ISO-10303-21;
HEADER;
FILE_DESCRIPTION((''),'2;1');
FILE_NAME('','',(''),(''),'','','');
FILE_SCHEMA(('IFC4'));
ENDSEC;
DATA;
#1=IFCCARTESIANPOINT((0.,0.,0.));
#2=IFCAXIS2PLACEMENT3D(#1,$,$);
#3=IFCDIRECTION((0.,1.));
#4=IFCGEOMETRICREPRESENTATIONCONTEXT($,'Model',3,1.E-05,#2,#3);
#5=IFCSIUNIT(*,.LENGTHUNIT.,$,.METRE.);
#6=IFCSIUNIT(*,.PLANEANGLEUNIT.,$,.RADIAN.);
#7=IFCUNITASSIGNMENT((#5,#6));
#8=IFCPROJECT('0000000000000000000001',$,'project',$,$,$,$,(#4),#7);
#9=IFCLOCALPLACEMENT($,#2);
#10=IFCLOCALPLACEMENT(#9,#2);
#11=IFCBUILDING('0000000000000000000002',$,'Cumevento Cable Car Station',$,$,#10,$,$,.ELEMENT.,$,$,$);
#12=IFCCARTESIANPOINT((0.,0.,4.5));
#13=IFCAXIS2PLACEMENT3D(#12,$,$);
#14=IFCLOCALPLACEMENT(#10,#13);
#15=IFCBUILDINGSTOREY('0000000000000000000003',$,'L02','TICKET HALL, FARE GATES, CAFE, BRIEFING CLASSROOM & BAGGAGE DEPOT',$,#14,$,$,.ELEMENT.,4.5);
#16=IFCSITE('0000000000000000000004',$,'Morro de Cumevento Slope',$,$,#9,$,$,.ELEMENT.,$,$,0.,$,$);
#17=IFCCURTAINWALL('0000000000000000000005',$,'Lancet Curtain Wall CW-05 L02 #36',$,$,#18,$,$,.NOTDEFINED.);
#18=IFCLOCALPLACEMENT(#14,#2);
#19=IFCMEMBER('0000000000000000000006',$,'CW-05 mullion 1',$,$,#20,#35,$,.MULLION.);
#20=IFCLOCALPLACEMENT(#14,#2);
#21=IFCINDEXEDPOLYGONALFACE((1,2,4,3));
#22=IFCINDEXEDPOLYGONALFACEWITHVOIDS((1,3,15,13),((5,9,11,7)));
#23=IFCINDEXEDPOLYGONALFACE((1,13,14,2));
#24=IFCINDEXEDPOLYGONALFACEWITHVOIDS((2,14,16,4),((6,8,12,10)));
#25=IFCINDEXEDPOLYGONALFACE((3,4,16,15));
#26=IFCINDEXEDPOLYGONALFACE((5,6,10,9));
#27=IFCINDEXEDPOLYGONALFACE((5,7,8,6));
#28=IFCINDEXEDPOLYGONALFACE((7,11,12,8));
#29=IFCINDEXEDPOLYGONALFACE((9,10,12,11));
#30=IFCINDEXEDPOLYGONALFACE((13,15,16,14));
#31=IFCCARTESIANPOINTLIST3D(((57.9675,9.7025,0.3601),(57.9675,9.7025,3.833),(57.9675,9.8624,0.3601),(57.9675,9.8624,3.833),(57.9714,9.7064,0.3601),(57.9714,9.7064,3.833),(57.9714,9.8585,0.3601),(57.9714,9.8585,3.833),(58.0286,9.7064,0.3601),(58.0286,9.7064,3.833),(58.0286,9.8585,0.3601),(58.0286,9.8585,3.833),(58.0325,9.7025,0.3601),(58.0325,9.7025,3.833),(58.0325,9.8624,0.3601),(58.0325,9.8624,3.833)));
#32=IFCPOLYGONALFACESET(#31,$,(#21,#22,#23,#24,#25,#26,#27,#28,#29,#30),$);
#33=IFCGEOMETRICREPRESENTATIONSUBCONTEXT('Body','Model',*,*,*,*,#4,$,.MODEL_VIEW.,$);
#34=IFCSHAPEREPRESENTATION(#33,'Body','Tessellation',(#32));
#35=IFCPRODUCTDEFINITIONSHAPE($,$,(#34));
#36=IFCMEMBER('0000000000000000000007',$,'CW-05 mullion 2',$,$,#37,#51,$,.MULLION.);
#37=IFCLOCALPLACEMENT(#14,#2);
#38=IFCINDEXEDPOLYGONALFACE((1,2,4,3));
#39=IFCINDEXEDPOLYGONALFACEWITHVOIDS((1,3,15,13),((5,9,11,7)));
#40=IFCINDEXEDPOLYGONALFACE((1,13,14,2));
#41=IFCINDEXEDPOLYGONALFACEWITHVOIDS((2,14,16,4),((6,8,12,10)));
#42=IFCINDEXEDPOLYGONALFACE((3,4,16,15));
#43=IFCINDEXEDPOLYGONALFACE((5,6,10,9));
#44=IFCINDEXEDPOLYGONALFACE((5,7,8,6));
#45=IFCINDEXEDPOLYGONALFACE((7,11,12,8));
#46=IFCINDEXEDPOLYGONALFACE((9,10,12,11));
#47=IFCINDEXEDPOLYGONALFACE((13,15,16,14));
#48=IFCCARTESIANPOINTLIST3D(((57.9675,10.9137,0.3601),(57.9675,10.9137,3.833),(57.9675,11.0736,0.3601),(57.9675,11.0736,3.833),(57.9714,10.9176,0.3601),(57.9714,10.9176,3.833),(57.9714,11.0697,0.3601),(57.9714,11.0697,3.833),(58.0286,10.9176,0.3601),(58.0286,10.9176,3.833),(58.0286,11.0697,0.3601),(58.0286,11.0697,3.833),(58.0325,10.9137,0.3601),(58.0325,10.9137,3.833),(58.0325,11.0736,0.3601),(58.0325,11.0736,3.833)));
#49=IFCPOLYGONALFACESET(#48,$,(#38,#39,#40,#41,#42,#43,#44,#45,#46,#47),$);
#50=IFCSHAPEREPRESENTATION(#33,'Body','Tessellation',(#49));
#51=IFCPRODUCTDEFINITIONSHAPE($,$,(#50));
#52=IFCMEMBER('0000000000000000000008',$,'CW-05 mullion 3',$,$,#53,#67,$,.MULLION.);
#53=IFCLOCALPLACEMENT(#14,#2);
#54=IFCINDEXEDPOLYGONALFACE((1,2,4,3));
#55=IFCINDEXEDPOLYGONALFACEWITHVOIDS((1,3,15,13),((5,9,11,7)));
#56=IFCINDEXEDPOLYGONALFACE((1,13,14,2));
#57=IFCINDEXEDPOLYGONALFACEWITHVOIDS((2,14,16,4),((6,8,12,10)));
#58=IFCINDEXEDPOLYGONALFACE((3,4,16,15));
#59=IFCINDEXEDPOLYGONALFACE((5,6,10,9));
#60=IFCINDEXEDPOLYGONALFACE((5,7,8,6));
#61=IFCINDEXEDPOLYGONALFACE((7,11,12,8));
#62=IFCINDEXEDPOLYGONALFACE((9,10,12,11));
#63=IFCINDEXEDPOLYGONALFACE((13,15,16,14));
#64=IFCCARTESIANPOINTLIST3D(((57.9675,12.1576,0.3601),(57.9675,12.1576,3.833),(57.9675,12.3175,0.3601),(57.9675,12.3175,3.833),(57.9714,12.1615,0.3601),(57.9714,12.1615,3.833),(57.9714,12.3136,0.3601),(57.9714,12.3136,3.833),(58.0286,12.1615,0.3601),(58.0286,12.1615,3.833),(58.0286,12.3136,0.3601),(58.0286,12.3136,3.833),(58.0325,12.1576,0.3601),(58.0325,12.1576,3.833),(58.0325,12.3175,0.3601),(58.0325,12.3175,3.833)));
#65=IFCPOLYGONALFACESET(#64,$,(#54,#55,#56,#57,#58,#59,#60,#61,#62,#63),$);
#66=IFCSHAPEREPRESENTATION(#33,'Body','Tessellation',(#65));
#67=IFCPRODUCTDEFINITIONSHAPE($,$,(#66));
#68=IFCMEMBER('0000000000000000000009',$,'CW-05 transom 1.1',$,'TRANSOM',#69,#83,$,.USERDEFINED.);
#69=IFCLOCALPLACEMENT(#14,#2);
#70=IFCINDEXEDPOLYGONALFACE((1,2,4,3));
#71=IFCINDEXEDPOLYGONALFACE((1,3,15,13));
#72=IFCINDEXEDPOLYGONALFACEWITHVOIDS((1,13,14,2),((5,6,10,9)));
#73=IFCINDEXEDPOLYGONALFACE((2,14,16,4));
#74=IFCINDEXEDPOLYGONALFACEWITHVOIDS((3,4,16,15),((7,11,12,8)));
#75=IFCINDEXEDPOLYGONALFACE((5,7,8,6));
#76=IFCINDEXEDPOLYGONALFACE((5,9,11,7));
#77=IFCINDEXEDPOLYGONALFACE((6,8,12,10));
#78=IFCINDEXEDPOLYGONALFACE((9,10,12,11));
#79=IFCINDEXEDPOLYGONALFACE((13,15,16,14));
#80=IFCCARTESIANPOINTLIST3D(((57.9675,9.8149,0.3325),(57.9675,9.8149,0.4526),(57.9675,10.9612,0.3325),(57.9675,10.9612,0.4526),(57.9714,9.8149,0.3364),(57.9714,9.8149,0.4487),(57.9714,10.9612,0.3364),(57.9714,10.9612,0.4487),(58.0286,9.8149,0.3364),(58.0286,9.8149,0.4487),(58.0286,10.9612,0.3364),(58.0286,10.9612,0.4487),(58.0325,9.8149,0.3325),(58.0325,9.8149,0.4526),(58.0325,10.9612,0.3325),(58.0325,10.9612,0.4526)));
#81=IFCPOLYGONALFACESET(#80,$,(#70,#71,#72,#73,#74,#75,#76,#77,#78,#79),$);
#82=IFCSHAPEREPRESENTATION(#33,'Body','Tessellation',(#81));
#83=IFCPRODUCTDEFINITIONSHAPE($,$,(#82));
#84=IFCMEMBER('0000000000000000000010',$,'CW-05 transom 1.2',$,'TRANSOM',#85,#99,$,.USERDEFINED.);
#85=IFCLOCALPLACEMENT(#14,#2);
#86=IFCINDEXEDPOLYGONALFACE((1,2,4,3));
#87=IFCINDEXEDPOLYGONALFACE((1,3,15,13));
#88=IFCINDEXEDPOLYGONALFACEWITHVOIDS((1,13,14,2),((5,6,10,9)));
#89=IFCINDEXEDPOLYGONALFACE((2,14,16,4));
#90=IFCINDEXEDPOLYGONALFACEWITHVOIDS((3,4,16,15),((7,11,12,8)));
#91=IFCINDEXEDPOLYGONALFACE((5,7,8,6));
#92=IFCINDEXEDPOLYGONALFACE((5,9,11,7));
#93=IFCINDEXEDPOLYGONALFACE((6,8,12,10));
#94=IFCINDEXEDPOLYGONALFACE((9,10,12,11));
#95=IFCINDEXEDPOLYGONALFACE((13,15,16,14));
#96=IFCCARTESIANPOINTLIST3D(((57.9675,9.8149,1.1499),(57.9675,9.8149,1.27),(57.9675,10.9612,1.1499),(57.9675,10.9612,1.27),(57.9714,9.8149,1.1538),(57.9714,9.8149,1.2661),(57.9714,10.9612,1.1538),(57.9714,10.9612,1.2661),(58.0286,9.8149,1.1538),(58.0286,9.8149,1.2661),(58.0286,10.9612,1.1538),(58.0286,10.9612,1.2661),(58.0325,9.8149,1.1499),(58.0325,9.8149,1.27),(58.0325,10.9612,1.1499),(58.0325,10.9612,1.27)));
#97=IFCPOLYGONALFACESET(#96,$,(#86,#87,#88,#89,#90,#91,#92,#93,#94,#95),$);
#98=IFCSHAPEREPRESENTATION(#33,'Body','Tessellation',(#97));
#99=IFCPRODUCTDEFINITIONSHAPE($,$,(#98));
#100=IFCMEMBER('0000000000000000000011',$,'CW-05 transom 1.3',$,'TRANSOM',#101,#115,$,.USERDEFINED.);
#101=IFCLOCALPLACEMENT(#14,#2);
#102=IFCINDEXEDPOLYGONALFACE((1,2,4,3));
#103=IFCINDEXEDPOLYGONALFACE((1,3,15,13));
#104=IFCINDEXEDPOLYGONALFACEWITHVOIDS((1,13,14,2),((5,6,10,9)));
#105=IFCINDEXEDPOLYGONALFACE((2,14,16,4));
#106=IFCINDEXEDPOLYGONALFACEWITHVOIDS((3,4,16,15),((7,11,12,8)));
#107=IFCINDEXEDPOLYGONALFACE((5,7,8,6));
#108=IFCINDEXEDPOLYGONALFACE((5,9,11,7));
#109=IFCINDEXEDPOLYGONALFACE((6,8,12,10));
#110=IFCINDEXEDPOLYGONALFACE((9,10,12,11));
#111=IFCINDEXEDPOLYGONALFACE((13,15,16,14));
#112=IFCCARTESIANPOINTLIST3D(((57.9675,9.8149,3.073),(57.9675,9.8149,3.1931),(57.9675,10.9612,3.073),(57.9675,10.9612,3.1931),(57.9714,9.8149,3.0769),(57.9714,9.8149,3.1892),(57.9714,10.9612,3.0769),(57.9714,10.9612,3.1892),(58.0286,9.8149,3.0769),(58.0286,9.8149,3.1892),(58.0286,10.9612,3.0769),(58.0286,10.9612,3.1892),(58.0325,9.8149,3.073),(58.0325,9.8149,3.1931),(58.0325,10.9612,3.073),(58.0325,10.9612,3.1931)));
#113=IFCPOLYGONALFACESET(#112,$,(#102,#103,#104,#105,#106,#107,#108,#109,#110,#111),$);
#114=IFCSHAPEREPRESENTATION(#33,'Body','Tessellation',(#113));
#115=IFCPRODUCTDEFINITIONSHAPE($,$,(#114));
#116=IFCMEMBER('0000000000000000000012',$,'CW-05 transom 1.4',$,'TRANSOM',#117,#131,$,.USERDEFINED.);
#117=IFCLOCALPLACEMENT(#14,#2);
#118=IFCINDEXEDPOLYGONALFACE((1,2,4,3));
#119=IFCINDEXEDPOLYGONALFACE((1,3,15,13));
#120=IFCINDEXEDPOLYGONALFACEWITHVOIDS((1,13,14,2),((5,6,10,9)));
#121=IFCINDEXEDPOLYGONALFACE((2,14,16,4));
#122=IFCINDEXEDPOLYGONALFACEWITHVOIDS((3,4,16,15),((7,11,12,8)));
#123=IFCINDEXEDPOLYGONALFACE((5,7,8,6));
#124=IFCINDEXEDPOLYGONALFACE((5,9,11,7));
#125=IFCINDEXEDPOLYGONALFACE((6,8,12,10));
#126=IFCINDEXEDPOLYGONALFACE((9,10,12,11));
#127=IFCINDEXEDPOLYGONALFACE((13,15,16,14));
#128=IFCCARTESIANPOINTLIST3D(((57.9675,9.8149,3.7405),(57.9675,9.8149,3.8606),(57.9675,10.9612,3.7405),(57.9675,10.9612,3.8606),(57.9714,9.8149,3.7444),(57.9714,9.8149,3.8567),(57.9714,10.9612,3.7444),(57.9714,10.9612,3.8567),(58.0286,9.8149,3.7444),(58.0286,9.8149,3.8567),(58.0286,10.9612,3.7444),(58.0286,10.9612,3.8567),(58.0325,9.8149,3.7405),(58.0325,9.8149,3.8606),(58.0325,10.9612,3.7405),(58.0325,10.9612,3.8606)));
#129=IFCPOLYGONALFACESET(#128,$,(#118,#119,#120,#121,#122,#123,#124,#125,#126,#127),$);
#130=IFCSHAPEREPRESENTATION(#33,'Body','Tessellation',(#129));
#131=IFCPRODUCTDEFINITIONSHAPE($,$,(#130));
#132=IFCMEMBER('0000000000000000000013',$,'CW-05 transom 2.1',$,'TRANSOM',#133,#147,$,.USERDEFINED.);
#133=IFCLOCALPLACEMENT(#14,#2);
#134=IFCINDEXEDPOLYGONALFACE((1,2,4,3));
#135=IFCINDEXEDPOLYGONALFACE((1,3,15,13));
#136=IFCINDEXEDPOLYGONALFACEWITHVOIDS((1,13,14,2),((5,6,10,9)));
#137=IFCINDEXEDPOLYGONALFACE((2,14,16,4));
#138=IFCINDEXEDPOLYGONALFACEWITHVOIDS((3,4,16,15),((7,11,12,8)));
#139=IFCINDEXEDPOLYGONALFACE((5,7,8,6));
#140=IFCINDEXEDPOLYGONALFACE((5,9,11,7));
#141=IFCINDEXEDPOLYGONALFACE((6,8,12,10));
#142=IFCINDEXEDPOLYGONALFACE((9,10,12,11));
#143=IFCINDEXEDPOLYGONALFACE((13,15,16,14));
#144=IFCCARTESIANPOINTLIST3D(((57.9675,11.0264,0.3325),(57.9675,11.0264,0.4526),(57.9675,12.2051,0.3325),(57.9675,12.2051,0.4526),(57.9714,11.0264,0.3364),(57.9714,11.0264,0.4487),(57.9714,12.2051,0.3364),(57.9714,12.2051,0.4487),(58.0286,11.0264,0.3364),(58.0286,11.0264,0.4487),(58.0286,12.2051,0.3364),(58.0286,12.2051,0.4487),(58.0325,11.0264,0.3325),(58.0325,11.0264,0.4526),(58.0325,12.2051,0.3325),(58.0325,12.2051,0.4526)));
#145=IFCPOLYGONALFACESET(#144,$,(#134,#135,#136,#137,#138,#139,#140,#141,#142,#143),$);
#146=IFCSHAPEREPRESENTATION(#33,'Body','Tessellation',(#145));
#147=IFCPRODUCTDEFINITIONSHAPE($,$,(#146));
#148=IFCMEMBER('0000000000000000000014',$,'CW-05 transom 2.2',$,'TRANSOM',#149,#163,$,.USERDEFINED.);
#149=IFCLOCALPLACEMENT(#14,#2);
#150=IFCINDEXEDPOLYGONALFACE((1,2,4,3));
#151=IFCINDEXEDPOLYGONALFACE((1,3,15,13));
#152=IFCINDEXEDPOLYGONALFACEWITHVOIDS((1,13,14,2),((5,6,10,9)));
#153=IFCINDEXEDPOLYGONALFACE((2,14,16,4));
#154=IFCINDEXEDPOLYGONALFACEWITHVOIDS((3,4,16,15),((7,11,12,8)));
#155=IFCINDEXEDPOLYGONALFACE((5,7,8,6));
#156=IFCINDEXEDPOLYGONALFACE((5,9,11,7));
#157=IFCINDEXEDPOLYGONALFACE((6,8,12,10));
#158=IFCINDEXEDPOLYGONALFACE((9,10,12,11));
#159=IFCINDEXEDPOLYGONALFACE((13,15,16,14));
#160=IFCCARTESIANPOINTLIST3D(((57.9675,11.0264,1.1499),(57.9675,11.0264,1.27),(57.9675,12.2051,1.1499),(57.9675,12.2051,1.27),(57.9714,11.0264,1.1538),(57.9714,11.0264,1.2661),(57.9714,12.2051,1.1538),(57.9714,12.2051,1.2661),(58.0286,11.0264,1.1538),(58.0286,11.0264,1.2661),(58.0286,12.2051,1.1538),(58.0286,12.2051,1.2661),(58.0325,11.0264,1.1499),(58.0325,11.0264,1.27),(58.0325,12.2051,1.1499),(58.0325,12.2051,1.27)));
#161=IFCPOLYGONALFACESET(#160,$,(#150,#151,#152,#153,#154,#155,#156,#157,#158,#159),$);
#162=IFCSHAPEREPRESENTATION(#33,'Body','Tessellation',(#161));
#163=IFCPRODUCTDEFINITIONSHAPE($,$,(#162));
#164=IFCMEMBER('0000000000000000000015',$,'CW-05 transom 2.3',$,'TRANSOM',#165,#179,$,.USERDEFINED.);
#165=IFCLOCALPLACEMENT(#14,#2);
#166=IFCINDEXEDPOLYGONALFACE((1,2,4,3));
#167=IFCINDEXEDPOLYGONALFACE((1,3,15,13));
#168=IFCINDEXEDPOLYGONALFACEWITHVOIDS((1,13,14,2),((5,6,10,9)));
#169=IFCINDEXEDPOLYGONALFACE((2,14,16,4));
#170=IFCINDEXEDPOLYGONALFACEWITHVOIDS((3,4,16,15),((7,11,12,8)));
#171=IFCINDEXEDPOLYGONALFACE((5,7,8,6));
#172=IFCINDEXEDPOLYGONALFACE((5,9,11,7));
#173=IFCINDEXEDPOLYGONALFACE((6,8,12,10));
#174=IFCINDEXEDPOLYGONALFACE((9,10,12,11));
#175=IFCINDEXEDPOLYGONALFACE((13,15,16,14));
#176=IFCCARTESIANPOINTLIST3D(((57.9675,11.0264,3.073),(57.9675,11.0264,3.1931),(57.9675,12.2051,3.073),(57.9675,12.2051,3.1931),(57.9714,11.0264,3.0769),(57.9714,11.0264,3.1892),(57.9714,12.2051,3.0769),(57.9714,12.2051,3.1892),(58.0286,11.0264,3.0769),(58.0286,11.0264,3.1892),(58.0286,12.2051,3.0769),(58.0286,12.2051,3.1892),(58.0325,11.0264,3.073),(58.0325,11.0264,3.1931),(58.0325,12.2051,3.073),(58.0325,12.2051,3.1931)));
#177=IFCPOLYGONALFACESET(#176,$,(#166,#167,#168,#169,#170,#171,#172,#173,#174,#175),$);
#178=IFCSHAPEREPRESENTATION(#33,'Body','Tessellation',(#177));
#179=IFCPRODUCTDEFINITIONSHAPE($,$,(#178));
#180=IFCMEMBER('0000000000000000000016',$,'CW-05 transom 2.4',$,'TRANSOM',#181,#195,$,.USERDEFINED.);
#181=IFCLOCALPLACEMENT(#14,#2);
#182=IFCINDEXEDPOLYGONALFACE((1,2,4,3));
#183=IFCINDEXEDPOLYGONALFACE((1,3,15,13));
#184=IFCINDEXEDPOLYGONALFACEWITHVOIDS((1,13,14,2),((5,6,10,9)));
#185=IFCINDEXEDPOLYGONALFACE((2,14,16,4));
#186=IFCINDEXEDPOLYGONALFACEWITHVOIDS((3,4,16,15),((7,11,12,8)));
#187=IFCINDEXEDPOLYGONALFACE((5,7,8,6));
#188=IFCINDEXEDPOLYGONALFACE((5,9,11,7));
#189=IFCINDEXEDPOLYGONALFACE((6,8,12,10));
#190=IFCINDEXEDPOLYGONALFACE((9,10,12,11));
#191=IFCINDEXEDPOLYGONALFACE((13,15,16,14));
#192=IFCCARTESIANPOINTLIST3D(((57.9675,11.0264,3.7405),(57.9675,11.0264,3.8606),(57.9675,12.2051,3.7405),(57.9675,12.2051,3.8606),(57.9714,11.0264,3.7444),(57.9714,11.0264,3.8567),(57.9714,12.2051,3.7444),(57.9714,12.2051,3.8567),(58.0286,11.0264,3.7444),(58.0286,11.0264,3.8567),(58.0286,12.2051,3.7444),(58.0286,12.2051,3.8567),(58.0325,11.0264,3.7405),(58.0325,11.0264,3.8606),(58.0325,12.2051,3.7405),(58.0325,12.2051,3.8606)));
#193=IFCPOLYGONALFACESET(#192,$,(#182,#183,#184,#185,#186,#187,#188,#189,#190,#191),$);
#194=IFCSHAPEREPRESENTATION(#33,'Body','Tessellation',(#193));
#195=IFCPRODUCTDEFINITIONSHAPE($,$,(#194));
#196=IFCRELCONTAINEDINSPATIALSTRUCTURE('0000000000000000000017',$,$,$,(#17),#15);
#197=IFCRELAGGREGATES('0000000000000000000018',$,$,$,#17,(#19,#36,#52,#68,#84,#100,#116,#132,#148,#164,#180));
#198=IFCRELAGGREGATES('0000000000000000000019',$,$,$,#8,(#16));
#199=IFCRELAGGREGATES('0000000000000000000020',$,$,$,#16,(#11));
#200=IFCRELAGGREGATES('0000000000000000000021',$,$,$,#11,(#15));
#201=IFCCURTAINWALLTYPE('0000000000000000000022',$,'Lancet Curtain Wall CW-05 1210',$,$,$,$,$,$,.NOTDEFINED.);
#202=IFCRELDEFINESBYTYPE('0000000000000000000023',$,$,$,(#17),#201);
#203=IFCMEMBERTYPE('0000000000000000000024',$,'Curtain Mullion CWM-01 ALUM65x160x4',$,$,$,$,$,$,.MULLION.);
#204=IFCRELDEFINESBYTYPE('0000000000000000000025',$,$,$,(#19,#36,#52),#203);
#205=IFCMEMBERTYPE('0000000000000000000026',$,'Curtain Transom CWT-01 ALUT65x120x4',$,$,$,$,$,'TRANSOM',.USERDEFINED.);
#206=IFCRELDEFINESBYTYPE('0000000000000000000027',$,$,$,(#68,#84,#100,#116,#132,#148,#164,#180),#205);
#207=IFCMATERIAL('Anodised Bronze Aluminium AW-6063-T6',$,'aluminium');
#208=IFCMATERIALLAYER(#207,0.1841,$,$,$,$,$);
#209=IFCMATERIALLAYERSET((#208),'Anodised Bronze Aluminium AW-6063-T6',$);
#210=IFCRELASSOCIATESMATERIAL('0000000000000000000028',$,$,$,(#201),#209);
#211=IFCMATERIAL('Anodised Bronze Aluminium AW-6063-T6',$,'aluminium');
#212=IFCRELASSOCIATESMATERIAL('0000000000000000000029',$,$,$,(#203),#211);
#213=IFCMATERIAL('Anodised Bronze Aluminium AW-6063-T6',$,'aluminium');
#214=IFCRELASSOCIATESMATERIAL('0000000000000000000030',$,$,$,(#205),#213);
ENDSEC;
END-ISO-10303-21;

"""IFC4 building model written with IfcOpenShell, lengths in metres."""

from ifc_helpers import new_model, si_unit, direction, frame, origin, origin_2d, place, context, subcontext, project, spatial, hollow_rectangle, extrude, material, layer, layer_set, material_profile, profile_set, type_object, element, aggregate, save


model = new_model("IFC4")

# Units and contexts
model_context = context("Model", 3, precision=1e-05, world=origin(), true_north=direction((0.0, 1.0)))
body_context = subcontext(model_context, "Body", "Model", "MODEL_VIEW")
ifc_project = project(units=[si_unit("LENGTHUNIT", "METRE"), si_unit("PLANEANGLEUNIT", "RADIAN")], contexts=[model_context])

# Site, building, storey
site_placement = place(None, origin())
site = spatial("IfcSite", under=ifc_project, at=site_placement, Name="Morro de Cumevento Slope", CompositionType="ELEMENT", RefElevation=0.0)
building_placement = place(site_placement, origin())
building = spatial("IfcBuilding", under=site, at=building_placement, Name="Cumevento Cable Car Station", CompositionType="ELEMENT")
storey_placement = place(building_placement, frame((0.0, 0.0, 4.5)))
storey = spatial("IfcBuildingStorey", under=building, at=storey_placement, Name="L02", Description="TICKET HALL, FARE GATES, CAFE, BRIEFING CLASSROOM & BAGGAGE DEPOT", CompositionType="ELEMENT", Elevation=4.5)

# Curtain wall, members
ifc_material_1 = material(Name="Anodised Bronze Aluminium AW-6063-T6", Category="aluminium")
ifc_layer_1 = layer(ifc_material_1, 0.1841)
ifc_layer_set_1 = layer_set([ifc_layer_1], Name="Anodised Bronze Aluminium AW-6063-T6")
curtain_wall_type = type_object("IfcCurtainWallType", Name="Lancet Curtain Wall CW-05 1210", PredefinedType="NOTDEFINED", material=ifc_layer_set_1)
curtain_wall_placement = place(storey_placement, origin())
curtain_wall = element("IfcCurtainWall", 1, at=curtain_wall_placement, inside=storey, type_object=curtain_wall_type, Name="Lancet Curtain Wall CW-05 L02 #36", PredefinedType="NOTDEFINED")
ifc_material_2 = material(Name="Anodised Bronze Aluminium AW-6063-T6", Category="aluminium")
ifc_material_profile_1 = material_profile(ifc_material_2, hollow_rectangle(XDim=0.0649, YDim=0.1599, WallThickness=0.0039, at=origin_2d()), Name="ALUM65x160x4")
ifc_profile_set_1 = profile_set([ifc_material_profile_1], Name="Anodised Bronze Aluminium AW-6063-T6")
member_type_1 = type_object("IfcMemberType", Name="Curtain Mullion CWM-01 ALUM65x160x4", PredefinedType="MULLION", material=ifc_profile_set_1)
member_1_placement = place(storey_placement, frame((58.0, 9.7825, 0.3601), z_axis=(0.0, 0.0, 1.0), x_axis=(-1.0, 0.0, 0.0)))
member_1 = element("IfcMember", 2, at=member_1_placement, type_object=member_type_1, Name="CW-05 mullion 1", PredefinedType="MULLION", context=body_context, shape_type="SweptSolid", body=[
    extrude(hollow_rectangle(XDim=0.0649, YDim=0.1599, WallThickness=0.0039, at=origin_2d()), origin(), (0.0, 0.0, 1.0), 3.4729),
])
member_2_placement = place(storey_placement, frame((58.0, 10.9937, 0.3601), z_axis=(0.0, 0.0, 1.0), x_axis=(-1.0, 0.0, 0.0)))
member_2 = element("IfcMember", 3, at=member_2_placement, type_object=member_type_1, Name="CW-05 mullion 2", PredefinedType="MULLION", context=body_context, shape_type="SweptSolid", body=[
    extrude(hollow_rectangle(XDim=0.0649, YDim=0.1599, WallThickness=0.0039, at=origin_2d()), origin(), (0.0, 0.0, 1.0), 3.4729),
])
member_3_placement = place(storey_placement, frame((58.0, 12.2375, 0.3601), z_axis=(0.0, 0.0, 1.0), x_axis=(-1.0, 0.0, 0.0)))
member_3 = element("IfcMember", 4, at=member_3_placement, type_object=member_type_1, Name="CW-05 mullion 3", PredefinedType="MULLION", context=body_context, shape_type="SweptSolid", body=[
    extrude(hollow_rectangle(XDim=0.0649, YDim=0.1599, WallThickness=0.0039, at=origin_2d()), origin(), (0.0, 0.0, 1.0), 3.4729),
])
ifc_material_3 = material(Name="Anodised Bronze Aluminium AW-6063-T6", Category="aluminium")
ifc_material_profile_2 = material_profile(ifc_material_3, hollow_rectangle(XDim=0.0649, YDim=0.1201, WallThickness=0.0039, at=origin_2d()), Name="ALUT65x120x4")
ifc_profile_set_2 = profile_set([ifc_material_profile_2], Name="Anodised Bronze Aluminium AW-6063-T6")
member_type_2 = type_object("IfcMemberType", Name="Curtain Transom CWT-01 ALUT65x120x4", ElementType="TRANSOM", PredefinedType="USERDEFINED", material=ifc_profile_set_2)
member_4_placement = place(storey_placement, frame((58.0, 9.8149, 0.3926), z_axis=(0.0, 1.0, 0.0), x_axis=(-1.0, 0.0, 0.0)))
member_4 = element("IfcMember", 5, at=member_4_placement, type_object=member_type_2, Name="CW-05 transom 1.1", ObjectType="TRANSOM", PredefinedType="USERDEFINED", context=body_context, shape_type="SweptSolid", body=[
    extrude(hollow_rectangle(XDim=0.0649, YDim=0.1201, WallThickness=0.0039, at=origin_2d()), origin(), (0.0, 0.0, 1.0), 1.1462),
])
member_5_placement = place(storey_placement, frame((58.0, 9.8149, 1.21), z_axis=(0.0, 1.0, 0.0), x_axis=(-1.0, 0.0, 0.0)))
member_5 = element("IfcMember", 6, at=member_5_placement, type_object=member_type_2, Name="CW-05 transom 1.2", ObjectType="TRANSOM", PredefinedType="USERDEFINED", context=body_context, shape_type="SweptSolid", body=[
    extrude(hollow_rectangle(XDim=0.0649, YDim=0.1201, WallThickness=0.0039, at=origin_2d()), origin(), (0.0, 0.0, 1.0), 1.1462),
])
member_6_placement = place(storey_placement, frame((58.0, 9.8149, 3.1331), z_axis=(0.0, 1.0, 0.0), x_axis=(-1.0, 0.0, 0.0)))
member_6 = element("IfcMember", 7, at=member_6_placement, type_object=member_type_2, Name="CW-05 transom 1.3", ObjectType="TRANSOM", PredefinedType="USERDEFINED", context=body_context, shape_type="SweptSolid", body=[
    extrude(hollow_rectangle(XDim=0.0649, YDim=0.1201, WallThickness=0.0039, at=origin_2d()), origin(), (0.0, 0.0, 1.0), 1.1462),
])
member_7_placement = place(storey_placement, frame((58.0, 9.8149, 3.8005), z_axis=(0.0, 1.0, 0.0), x_axis=(-1.0, 0.0, 0.0)))
member_7 = element("IfcMember", 8, at=member_7_placement, type_object=member_type_2, Name="CW-05 transom 1.4", ObjectType="TRANSOM", PredefinedType="USERDEFINED", context=body_context, shape_type="SweptSolid", body=[
    extrude(hollow_rectangle(XDim=0.0649, YDim=0.1201, WallThickness=0.0039, at=origin_2d()), origin(), (0.0, 0.0, 1.0), 1.1462),
])
member_8_placement = place(storey_placement, frame((58.0, 11.0264, 0.3926), z_axis=(0.0, 1.0, 0.0), x_axis=(-1.0, 0.0, 0.0)))
member_8 = element("IfcMember", 9, at=member_8_placement, type_object=member_type_2, Name="CW-05 transom 2.1", ObjectType="TRANSOM", PredefinedType="USERDEFINED", context=body_context, shape_type="SweptSolid", body=[
    extrude(hollow_rectangle(XDim=0.0649, YDim=0.1201, WallThickness=0.0039, at=origin_2d()), origin(), (0.0, 0.0, 1.0), 1.1787),
])
member_9_placement = place(storey_placement, frame((58.0, 11.0264, 1.21), z_axis=(0.0, 1.0, 0.0), x_axis=(-1.0, 0.0, 0.0)))
member_9 = element("IfcMember", 10, at=member_9_placement, type_object=member_type_2, Name="CW-05 transom 2.2", ObjectType="TRANSOM", PredefinedType="USERDEFINED", context=body_context, shape_type="SweptSolid", body=[
    extrude(hollow_rectangle(XDim=0.0649, YDim=0.1201, WallThickness=0.0039, at=origin_2d()), origin(), (0.0, 0.0, 1.0), 1.1787),
])
member_10_placement = place(storey_placement, frame((58.0, 11.0264, 3.1331), z_axis=(0.0, 1.0, 0.0), x_axis=(-1.0, 0.0, 0.0)))
member_10 = element("IfcMember", 11, at=member_10_placement, type_object=member_type_2, Name="CW-05 transom 2.3", ObjectType="TRANSOM", PredefinedType="USERDEFINED", context=body_context, shape_type="SweptSolid", body=[
    extrude(hollow_rectangle(XDim=0.0649, YDim=0.1201, WallThickness=0.0039, at=origin_2d()), origin(), (0.0, 0.0, 1.0), 1.1787),
])
member_11_placement = place(storey_placement, frame((58.0, 11.0264, 3.8005), z_axis=(0.0, 1.0, 0.0), x_axis=(-1.0, 0.0, 0.0)))
member_11 = element("IfcMember", 12, at=member_11_placement, type_object=member_type_2, Name="CW-05 transom 2.4", ObjectType="TRANSOM", PredefinedType="USERDEFINED", context=body_context, shape_type="SweptSolid", body=[
    extrude(hollow_rectangle(XDim=0.0649, YDim=0.1201, WallThickness=0.0039, at=origin_2d()), origin(), (0.0, 0.0, 1.0), 1.1787),
])

aggregate(curtain_wall, [member_1, member_2, member_3, member_4, member_5, member_6, member_7, member_8, member_9, member_10, member_11])

save(model, "model.ifc")
